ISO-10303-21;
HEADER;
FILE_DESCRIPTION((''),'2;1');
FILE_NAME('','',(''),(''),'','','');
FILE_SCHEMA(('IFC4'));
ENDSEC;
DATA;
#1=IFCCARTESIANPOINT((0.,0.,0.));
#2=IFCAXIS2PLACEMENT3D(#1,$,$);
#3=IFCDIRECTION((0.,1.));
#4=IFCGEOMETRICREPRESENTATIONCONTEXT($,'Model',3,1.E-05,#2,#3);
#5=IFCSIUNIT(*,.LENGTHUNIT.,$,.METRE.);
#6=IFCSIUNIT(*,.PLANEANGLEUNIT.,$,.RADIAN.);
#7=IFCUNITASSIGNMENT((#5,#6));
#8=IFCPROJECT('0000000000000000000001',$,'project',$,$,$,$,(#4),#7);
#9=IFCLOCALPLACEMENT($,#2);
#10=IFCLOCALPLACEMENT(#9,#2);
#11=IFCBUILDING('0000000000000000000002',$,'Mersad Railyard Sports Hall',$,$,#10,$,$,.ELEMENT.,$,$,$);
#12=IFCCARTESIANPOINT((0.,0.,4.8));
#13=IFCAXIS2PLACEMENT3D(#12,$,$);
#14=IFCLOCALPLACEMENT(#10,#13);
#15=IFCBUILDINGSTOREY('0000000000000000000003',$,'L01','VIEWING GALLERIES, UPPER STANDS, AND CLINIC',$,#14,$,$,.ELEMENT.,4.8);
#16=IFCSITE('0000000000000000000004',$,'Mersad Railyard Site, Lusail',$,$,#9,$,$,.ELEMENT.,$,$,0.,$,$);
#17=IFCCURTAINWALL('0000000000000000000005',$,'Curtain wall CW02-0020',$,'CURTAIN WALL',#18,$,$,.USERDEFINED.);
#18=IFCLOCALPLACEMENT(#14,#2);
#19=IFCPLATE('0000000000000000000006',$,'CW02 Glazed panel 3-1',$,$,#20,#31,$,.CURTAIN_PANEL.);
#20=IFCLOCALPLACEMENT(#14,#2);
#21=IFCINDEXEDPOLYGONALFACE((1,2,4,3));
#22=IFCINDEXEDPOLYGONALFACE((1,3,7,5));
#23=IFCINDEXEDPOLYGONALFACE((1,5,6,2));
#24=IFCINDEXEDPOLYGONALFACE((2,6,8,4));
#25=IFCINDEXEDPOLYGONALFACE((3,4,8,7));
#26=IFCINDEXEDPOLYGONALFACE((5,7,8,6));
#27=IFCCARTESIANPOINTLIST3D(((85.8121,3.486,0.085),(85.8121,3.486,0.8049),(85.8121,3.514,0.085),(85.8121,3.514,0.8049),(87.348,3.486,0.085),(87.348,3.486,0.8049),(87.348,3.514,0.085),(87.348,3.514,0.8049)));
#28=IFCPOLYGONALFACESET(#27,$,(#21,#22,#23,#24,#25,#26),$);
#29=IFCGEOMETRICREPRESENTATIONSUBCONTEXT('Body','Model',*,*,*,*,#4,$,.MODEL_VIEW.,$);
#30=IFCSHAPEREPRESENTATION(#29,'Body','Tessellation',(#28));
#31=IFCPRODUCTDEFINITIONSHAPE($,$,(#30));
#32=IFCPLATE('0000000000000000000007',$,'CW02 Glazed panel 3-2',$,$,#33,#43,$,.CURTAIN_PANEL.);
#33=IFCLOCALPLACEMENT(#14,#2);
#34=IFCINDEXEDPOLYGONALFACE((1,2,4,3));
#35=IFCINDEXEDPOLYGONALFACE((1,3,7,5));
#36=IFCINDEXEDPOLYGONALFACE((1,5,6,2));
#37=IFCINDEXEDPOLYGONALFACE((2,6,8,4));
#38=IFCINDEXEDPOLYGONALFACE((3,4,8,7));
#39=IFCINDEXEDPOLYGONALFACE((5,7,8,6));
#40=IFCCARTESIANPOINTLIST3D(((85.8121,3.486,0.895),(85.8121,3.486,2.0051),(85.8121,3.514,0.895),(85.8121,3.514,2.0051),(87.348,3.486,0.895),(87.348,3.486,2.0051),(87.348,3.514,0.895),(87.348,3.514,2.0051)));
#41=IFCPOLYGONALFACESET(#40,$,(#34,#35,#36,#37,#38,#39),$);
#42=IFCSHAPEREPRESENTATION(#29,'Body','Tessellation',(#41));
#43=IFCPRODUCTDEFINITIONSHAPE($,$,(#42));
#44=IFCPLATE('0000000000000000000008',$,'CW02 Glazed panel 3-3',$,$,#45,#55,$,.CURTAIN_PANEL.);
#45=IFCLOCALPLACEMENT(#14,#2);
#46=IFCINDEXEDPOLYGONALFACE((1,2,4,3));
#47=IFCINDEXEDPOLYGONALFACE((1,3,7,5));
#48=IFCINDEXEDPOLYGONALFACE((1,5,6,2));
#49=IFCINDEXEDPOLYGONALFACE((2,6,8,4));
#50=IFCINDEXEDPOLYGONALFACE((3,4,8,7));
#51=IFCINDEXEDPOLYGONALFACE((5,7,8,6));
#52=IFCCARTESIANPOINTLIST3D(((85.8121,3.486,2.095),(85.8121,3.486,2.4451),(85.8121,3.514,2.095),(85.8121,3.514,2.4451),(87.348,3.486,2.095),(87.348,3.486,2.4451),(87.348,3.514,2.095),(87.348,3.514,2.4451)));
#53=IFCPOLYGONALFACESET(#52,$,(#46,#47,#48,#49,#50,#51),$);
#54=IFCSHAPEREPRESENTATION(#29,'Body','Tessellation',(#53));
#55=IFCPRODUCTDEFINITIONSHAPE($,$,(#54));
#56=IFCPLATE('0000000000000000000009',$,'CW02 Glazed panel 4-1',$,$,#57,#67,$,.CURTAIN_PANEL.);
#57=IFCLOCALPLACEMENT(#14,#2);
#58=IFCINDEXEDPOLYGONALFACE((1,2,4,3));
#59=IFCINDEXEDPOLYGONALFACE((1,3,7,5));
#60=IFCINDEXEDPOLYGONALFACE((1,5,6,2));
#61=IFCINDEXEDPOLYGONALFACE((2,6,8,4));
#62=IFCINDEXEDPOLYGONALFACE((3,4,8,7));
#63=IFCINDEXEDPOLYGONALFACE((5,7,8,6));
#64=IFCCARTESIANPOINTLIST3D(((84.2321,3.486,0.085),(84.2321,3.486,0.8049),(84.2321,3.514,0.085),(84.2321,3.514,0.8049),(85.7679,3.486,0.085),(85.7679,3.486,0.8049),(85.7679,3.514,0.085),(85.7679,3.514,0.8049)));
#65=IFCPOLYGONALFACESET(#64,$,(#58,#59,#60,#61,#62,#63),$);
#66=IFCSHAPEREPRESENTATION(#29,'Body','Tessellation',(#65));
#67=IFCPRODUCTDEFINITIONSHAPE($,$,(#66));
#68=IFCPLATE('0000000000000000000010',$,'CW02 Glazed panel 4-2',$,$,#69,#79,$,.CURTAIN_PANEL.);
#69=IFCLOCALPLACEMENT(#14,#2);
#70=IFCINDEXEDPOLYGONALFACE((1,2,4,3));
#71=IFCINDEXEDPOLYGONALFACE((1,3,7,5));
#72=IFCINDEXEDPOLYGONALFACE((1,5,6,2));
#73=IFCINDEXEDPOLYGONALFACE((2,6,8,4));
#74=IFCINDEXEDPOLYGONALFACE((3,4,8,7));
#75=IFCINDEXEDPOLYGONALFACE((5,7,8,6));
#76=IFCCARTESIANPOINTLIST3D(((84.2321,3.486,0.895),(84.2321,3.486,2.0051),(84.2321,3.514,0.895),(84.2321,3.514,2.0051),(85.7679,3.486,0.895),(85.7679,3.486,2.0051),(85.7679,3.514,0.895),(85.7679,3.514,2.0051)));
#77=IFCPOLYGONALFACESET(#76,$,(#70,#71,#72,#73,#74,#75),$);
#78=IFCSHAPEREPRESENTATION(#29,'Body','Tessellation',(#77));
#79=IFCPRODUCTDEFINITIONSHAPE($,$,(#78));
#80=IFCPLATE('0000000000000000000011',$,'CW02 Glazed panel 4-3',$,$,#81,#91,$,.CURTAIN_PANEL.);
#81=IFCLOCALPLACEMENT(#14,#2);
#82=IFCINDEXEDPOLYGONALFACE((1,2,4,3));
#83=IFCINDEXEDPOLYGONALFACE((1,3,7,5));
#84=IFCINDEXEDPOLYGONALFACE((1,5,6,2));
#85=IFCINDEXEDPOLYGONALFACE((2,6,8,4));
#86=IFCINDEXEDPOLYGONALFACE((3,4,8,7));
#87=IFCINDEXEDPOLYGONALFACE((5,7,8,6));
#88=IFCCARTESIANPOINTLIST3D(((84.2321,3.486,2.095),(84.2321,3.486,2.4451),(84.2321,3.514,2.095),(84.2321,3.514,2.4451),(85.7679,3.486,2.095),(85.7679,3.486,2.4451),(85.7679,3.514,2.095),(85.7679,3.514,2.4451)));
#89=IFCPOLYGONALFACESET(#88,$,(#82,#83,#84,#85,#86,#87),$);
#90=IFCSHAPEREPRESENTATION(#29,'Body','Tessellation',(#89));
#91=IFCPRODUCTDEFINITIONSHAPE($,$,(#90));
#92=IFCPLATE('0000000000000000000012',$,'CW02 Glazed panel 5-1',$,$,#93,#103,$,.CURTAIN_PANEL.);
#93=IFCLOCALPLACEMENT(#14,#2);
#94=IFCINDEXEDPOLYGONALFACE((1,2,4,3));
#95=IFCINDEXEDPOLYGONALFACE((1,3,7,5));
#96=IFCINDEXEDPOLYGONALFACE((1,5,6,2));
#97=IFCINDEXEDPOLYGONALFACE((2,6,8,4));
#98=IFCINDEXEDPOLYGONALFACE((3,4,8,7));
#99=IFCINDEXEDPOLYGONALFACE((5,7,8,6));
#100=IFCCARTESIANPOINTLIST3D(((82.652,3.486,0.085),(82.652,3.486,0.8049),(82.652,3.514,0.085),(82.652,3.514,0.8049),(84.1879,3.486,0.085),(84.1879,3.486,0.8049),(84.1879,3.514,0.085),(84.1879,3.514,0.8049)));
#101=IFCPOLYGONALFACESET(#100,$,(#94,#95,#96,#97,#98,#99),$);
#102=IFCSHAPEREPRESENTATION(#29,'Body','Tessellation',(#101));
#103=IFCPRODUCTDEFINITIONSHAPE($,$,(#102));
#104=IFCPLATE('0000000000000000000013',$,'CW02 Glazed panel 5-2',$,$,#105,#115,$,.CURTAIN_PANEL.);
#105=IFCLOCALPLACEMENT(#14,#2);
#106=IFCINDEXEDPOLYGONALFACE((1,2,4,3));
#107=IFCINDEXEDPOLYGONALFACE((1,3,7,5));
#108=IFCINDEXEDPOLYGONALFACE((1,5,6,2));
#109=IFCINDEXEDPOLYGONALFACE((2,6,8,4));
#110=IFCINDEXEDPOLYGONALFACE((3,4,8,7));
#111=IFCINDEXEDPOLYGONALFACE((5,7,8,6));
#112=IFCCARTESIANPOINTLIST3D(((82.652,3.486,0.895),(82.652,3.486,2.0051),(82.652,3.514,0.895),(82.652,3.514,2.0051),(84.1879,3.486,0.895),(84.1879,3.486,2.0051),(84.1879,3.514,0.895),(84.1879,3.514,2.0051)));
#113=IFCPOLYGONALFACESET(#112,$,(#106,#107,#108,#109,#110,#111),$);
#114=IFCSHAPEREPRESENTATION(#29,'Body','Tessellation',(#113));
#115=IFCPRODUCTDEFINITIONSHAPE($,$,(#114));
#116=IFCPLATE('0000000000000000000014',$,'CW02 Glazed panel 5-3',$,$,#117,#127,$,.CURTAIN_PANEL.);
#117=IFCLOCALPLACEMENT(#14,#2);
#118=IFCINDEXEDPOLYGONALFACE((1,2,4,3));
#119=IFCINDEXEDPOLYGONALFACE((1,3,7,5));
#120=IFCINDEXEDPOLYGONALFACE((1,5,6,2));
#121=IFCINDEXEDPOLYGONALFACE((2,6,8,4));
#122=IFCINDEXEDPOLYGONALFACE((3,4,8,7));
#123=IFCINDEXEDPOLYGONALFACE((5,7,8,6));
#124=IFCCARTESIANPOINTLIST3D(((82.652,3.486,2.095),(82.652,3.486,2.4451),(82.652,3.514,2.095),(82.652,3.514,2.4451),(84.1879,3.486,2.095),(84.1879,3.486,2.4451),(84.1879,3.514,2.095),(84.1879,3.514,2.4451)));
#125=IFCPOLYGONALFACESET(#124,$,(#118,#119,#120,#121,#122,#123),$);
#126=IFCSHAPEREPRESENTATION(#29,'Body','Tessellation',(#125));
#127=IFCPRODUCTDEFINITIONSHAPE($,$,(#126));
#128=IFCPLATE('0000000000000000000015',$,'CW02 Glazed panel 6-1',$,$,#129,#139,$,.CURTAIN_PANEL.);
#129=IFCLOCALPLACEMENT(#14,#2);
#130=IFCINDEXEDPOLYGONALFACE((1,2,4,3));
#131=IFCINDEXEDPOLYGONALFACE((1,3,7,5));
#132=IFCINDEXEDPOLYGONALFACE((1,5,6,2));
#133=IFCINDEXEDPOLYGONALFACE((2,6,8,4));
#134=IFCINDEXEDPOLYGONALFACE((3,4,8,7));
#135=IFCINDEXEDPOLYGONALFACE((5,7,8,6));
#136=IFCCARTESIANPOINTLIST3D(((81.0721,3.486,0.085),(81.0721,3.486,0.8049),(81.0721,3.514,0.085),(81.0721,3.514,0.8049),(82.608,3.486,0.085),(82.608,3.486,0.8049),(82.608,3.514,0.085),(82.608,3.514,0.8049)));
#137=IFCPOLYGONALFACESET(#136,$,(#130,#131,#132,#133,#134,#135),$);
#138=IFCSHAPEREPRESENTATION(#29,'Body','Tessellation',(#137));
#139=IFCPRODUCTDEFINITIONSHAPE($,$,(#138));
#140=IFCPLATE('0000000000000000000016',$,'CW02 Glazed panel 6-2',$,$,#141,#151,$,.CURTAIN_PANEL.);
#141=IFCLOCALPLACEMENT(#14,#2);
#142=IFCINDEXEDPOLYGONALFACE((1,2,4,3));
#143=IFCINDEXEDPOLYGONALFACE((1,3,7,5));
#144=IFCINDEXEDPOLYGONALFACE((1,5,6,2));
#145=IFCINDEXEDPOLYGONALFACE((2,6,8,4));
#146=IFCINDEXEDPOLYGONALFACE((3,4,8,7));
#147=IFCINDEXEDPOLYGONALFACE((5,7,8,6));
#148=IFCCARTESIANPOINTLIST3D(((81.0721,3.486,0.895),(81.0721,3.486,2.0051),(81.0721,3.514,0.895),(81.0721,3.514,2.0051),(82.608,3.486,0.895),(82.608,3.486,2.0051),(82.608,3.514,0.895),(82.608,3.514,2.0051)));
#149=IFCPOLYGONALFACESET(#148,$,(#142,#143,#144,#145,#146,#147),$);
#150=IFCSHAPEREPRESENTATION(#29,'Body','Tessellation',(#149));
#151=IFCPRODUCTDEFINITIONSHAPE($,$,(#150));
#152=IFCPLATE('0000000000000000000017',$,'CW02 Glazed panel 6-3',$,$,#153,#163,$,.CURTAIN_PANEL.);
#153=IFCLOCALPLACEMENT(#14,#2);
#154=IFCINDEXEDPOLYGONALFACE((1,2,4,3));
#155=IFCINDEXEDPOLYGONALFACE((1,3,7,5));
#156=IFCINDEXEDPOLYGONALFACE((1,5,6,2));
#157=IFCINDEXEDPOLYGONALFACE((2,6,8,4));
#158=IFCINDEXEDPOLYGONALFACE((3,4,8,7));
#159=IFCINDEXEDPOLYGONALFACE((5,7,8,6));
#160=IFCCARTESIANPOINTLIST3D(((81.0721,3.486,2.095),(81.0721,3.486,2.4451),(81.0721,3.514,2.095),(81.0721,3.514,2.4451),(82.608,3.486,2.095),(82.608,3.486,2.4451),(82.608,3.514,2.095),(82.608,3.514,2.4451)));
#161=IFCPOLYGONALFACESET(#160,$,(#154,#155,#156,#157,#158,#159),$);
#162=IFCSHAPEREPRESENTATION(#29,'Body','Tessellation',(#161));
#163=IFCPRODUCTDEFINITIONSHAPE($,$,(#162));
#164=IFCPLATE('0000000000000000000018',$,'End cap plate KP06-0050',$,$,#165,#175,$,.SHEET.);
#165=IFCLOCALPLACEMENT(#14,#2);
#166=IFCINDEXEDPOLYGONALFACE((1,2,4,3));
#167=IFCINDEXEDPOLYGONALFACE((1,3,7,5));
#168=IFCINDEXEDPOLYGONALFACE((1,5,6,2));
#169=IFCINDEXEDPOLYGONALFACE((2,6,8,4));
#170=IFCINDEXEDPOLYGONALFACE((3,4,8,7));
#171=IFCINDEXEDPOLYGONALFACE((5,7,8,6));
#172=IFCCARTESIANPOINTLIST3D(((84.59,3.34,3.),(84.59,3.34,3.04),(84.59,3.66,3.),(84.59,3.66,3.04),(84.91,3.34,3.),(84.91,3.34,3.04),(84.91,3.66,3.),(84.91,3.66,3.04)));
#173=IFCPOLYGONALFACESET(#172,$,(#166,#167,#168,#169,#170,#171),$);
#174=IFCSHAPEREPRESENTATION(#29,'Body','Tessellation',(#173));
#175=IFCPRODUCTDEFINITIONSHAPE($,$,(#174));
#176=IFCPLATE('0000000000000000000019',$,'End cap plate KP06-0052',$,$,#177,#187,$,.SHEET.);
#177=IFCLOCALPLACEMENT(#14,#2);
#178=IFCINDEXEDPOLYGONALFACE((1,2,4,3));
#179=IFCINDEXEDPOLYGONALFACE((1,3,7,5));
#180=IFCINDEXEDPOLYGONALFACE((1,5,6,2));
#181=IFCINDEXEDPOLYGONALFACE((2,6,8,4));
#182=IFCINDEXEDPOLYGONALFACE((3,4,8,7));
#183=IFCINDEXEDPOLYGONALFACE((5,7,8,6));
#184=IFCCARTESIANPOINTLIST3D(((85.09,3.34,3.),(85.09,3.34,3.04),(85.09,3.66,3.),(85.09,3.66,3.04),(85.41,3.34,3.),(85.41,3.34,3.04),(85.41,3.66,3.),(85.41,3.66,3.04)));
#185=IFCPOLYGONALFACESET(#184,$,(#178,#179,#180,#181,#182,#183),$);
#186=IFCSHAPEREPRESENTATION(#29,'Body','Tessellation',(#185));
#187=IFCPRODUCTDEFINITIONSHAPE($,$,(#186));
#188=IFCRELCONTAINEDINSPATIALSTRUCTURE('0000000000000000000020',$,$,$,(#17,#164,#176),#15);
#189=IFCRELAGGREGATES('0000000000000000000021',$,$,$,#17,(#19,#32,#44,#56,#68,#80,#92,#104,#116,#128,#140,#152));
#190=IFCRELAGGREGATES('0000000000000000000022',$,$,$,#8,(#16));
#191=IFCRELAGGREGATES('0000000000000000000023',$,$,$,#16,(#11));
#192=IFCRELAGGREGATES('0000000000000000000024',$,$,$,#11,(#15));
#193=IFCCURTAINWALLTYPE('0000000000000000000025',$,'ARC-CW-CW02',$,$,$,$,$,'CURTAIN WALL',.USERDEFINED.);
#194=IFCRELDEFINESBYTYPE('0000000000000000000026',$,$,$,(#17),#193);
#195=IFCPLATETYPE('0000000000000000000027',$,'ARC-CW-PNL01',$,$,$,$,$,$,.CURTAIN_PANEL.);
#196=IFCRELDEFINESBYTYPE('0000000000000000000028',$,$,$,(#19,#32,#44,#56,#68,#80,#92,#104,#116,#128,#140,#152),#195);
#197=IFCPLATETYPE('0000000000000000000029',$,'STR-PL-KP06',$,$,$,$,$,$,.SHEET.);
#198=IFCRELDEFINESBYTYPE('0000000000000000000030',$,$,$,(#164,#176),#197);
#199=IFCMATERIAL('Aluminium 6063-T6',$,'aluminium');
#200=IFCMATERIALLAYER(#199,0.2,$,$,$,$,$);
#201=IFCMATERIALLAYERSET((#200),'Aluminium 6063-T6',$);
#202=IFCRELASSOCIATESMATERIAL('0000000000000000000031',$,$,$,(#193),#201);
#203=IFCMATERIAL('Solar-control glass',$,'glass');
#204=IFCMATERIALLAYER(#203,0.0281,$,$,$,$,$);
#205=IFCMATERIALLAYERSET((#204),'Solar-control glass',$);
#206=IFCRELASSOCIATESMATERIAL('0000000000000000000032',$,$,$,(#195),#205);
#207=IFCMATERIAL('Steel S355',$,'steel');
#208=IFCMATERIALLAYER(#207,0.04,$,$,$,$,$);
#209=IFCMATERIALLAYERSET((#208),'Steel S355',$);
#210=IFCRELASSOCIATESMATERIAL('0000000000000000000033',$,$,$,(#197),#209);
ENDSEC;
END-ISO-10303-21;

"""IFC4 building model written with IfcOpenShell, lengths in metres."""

from ifc_helpers import new_model, si_unit, direction, frame, origin, origin_2d, place, context, subcontext, project, spatial, rectangle, extrude, material, layer, layer_set, type_object, element, aggregate, save


model = new_model("IFC4")

# Units and contexts
model_context = context("Model", 3, precision=1e-05, world=origin(), true_north=direction((0.0, 1.0)))
body_context = subcontext(model_context, "Body", "Model", "MODEL_VIEW")
ifc_project = project(units=[si_unit("LENGTHUNIT", "METRE"), si_unit("PLANEANGLEUNIT", "RADIAN")], contexts=[model_context])

# Site, building, storey
site_placement = place(None, origin())
site = spatial("IfcSite", under=ifc_project, at=site_placement, Name="Mersad Railyard Site, Lusail", CompositionType="ELEMENT", RefElevation=0.0)
building_placement = place(site_placement, origin())
building = spatial("IfcBuilding", under=site, at=building_placement, Name="Mersad Railyard Sports Hall", CompositionType="ELEMENT")
storey_placement = place(building_placement, frame((0.0, 0.0, 4.8)))
storey = spatial("IfcBuildingStorey", under=building, at=storey_placement, Name="L01", Description="VIEWING GALLERIES, UPPER STANDS, AND CLINIC", CompositionType="ELEMENT", Elevation=4.8)

# Curtain wall
ifc_material_1 = material(Name="Aluminium 6063-T6", Category="aluminium")
ifc_layer_1 = layer(ifc_material_1, 0.2)
ifc_layer_set_1 = layer_set([ifc_layer_1], Name="Aluminium 6063-T6")
curtain_wall_type = type_object("IfcCurtainWallType", Name="ARC-CW-CW02", ElementType="CURTAIN WALL", PredefinedType="USERDEFINED", material=ifc_layer_set_1)
curtain_wall_placement = place(storey_placement, origin())
curtain_wall = element("IfcCurtainWall", 1, at=curtain_wall_placement, inside=storey, type_object=curtain_wall_type, Name="Curtain wall CW02-0020", ObjectType="CURTAIN WALL", PredefinedType="USERDEFINED")

# Plates
ifc_material_2 = material(Name="Solar-control glass", Category="glass")
ifc_layer_2 = layer(ifc_material_2, 0.0281)
ifc_layer_set_2 = layer_set([ifc_layer_2], Name="Solar-control glass")
plate_type_1 = type_object("IfcPlateType", Name="ARC-CW-PNL01", PredefinedType="CURTAIN_PANEL", material=ifc_layer_set_2)
plate_1_placement = place(storey_placement, frame((86.5801, 3.5, 0.085), z_axis=(0.0, 0.0, 1.0), x_axis=(-1.0, 0.0, 0.0)))
plate_1 = element("IfcPlate", 2, at=plate_1_placement, type_object=plate_type_1, Name="CW02 Glazed panel 3-1", PredefinedType="CURTAIN_PANEL", context=body_context, shape_type="SweptSolid", body=[
    extrude(rectangle(XDim=1.5359, YDim=0.0281, at=origin_2d()), origin(), (0.0, 0.0, 1.0), 0.72),
])
plate_2_placement = place(storey_placement, frame((86.5801, 3.5, 0.895), z_axis=(0.0, 0.0, 1.0), x_axis=(-1.0, 0.0, 0.0)))
plate_2 = element("IfcPlate", 3, at=plate_2_placement, type_object=plate_type_1, Name="CW02 Glazed panel 3-2", PredefinedType="CURTAIN_PANEL", context=body_context, shape_type="SweptSolid", body=[
    extrude(rectangle(XDim=1.5359, YDim=0.0281, at=origin_2d()), origin(), (0.0, 0.0, 1.0), 1.1101),
])
plate_3_placement = place(storey_placement, frame((86.5801, 3.5, 2.095), z_axis=(0.0, 0.0, 1.0), x_axis=(-1.0, 0.0, 0.0)))
plate_3 = element("IfcPlate", 4, at=plate_3_placement, type_object=plate_type_1, Name="CW02 Glazed panel 3-3", PredefinedType="CURTAIN_PANEL", context=body_context, shape_type="SweptSolid", body=[
    extrude(rectangle(XDim=1.5359, YDim=0.0281, at=origin_2d()), origin(), (0.0, 0.0, 1.0), 0.3501),
])
plate_4_placement = place(storey_placement, frame((85.0, 3.5, 0.085), z_axis=(0.0, 0.0, 1.0), x_axis=(-1.0, 0.0, 0.0)))
plate_4 = element("IfcPlate", 5, at=plate_4_placement, type_object=plate_type_1, Name="CW02 Glazed panel 4-1", PredefinedType="CURTAIN_PANEL", context=body_context, shape_type="SweptSolid", body=[
    extrude(rectangle(XDim=1.5359, YDim=0.0281, at=origin_2d()), origin(), (0.0, 0.0, 1.0), 0.72),
])
plate_5_placement = place(storey_placement, frame((85.0, 3.5, 0.895), z_axis=(0.0, 0.0, 1.0), x_axis=(-1.0, 0.0, 0.0)))
plate_5 = element("IfcPlate", 6, at=plate_5_placement, type_object=plate_type_1, Name="CW02 Glazed panel 4-2", PredefinedType="CURTAIN_PANEL", context=body_context, shape_type="SweptSolid", body=[
    extrude(rectangle(XDim=1.5359, YDim=0.0281, at=origin_2d()), origin(), (0.0, 0.0, 1.0), 1.1101),
])
plate_6_placement = place(storey_placement, frame((85.0, 3.5, 2.095), z_axis=(0.0, 0.0, 1.0), x_axis=(-1.0, 0.0, 0.0)))
plate_6 = element("IfcPlate", 7, at=plate_6_placement, type_object=plate_type_1, Name="CW02 Glazed panel 4-3", PredefinedType="CURTAIN_PANEL", context=body_context, shape_type="SweptSolid", body=[
    extrude(rectangle(XDim=1.5359, YDim=0.0281, at=origin_2d()), origin(), (0.0, 0.0, 1.0), 0.3501),
])
plate_7_placement = place(storey_placement, frame((83.4199, 3.5, 0.085), z_axis=(0.0, 0.0, 1.0), x_axis=(-1.0, 0.0, 0.0)))
plate_7 = element("IfcPlate", 8, at=plate_7_placement, type_object=plate_type_1, Name="CW02 Glazed panel 5-1", PredefinedType="CURTAIN_PANEL", context=body_context, shape_type="SweptSolid", body=[
    extrude(rectangle(XDim=1.5359, YDim=0.0281, at=origin_2d()), origin(), (0.0, 0.0, 1.0), 0.72),
])
plate_8_placement = place(storey_placement, frame((83.4199, 3.5, 0.895), z_axis=(0.0, 0.0, 1.0), x_axis=(-1.0, 0.0, 0.0)))
plate_8 = element("IfcPlate", 9, at=plate_8_placement, type_object=plate_type_1, Name="CW02 Glazed panel 5-2", PredefinedType="CURTAIN_PANEL", context=body_context, shape_type="SweptSolid", body=[
    extrude(rectangle(XDim=1.5359, YDim=0.0281, at=origin_2d()), origin(), (0.0, 0.0, 1.0), 1.1101),
])
plate_9_placement = place(storey_placement, frame((83.4199, 3.5, 2.095), z_axis=(0.0, 0.0, 1.0), x_axis=(-1.0, 0.0, 0.0)))
plate_9 = element("IfcPlate", 10, at=plate_9_placement, type_object=plate_type_1, Name="CW02 Glazed panel 5-3", PredefinedType="CURTAIN_PANEL", context=body_context, shape_type="SweptSolid", body=[
    extrude(rectangle(XDim=1.5359, YDim=0.0281, at=origin_2d()), origin(), (0.0, 0.0, 1.0), 0.3501),
])
plate_10_placement = place(storey_placement, frame((81.8401, 3.5, 0.085), z_axis=(0.0, 0.0, 1.0), x_axis=(-1.0, 0.0, 0.0)))
plate_10 = element("IfcPlate", 11, at=plate_10_placement, type_object=plate_type_1, Name="CW02 Glazed panel 6-1", PredefinedType="CURTAIN_PANEL", context=body_context, shape_type="SweptSolid", body=[
    extrude(rectangle(XDim=1.5359, YDim=0.0281, at=origin_2d()), origin(), (0.0, 0.0, 1.0), 0.72),
])
plate_11_placement = place(storey_placement, frame((81.8401, 3.5, 0.895), z_axis=(0.0, 0.0, 1.0), x_axis=(-1.0, 0.0, 0.0)))
plate_11 = element("IfcPlate", 12, at=plate_11_placement, type_object=plate_type_1, Name="CW02 Glazed panel 6-2", PredefinedType="CURTAIN_PANEL", context=body_context, shape_type="SweptSolid", body=[
    extrude(rectangle(XDim=1.5359, YDim=0.0281, at=origin_2d()), origin(), (0.0, 0.0, 1.0), 1.1101),
])
plate_12_placement = place(storey_placement, frame((81.8401, 3.5, 2.095), z_axis=(0.0, 0.0, 1.0), x_axis=(-1.0, 0.0, 0.0)))
plate_12 = element("IfcPlate", 13, at=plate_12_placement, type_object=plate_type_1, Name="CW02 Glazed panel 6-3", PredefinedType="CURTAIN_PANEL", context=body_context, shape_type="SweptSolid", body=[
    extrude(rectangle(XDim=1.5359, YDim=0.0281, at=origin_2d()), origin(), (0.0, 0.0, 1.0), 0.3501),
])
aggregate(curtain_wall, [plate_1, plate_2, plate_3, plate_4, plate_5, plate_6, plate_7, plate_8, plate_9, plate_10, plate_11, plate_12])

# Plates
ifc_material_3 = material(Name="Steel S355", Category="steel")
ifc_layer_3 = layer(ifc_material_3, 0.04)
ifc_layer_set_3 = layer_set([ifc_layer_3], Name="Steel S355")
plate_type_2 = type_object("IfcPlateType", Name="STR-PL-KP06", PredefinedType="SHEET", material=ifc_layer_set_3)
for number, where, z_axis, x_axis, name in (
    (14, (84.75, 3.5, 3.0), (0.0, 0.0, 1.0), (1.0, 0.0, 0.0), "End cap plate KP06-0050"),
    (15, (85.25, 3.5, 3.0), (0.0, 0.0, 1.0), (1.0, 0.0, 0.0), "End cap plate KP06-0052"),
):
    element("IfcPlate", number, at=place(storey_placement, frame(where, z_axis=z_axis, x_axis=x_axis)), inside=storey, type_object=plate_type_2, Name=name, PredefinedType="SHEET", context=body_context, shape_type="SweptSolid", body=[
        extrude(rectangle(XDim=0.3201, YDim=0.3201, at=origin_2d()), origin(), (0.0, 0.0, 1.0), 0.04),
    ])

save(model, "model.ifc")
